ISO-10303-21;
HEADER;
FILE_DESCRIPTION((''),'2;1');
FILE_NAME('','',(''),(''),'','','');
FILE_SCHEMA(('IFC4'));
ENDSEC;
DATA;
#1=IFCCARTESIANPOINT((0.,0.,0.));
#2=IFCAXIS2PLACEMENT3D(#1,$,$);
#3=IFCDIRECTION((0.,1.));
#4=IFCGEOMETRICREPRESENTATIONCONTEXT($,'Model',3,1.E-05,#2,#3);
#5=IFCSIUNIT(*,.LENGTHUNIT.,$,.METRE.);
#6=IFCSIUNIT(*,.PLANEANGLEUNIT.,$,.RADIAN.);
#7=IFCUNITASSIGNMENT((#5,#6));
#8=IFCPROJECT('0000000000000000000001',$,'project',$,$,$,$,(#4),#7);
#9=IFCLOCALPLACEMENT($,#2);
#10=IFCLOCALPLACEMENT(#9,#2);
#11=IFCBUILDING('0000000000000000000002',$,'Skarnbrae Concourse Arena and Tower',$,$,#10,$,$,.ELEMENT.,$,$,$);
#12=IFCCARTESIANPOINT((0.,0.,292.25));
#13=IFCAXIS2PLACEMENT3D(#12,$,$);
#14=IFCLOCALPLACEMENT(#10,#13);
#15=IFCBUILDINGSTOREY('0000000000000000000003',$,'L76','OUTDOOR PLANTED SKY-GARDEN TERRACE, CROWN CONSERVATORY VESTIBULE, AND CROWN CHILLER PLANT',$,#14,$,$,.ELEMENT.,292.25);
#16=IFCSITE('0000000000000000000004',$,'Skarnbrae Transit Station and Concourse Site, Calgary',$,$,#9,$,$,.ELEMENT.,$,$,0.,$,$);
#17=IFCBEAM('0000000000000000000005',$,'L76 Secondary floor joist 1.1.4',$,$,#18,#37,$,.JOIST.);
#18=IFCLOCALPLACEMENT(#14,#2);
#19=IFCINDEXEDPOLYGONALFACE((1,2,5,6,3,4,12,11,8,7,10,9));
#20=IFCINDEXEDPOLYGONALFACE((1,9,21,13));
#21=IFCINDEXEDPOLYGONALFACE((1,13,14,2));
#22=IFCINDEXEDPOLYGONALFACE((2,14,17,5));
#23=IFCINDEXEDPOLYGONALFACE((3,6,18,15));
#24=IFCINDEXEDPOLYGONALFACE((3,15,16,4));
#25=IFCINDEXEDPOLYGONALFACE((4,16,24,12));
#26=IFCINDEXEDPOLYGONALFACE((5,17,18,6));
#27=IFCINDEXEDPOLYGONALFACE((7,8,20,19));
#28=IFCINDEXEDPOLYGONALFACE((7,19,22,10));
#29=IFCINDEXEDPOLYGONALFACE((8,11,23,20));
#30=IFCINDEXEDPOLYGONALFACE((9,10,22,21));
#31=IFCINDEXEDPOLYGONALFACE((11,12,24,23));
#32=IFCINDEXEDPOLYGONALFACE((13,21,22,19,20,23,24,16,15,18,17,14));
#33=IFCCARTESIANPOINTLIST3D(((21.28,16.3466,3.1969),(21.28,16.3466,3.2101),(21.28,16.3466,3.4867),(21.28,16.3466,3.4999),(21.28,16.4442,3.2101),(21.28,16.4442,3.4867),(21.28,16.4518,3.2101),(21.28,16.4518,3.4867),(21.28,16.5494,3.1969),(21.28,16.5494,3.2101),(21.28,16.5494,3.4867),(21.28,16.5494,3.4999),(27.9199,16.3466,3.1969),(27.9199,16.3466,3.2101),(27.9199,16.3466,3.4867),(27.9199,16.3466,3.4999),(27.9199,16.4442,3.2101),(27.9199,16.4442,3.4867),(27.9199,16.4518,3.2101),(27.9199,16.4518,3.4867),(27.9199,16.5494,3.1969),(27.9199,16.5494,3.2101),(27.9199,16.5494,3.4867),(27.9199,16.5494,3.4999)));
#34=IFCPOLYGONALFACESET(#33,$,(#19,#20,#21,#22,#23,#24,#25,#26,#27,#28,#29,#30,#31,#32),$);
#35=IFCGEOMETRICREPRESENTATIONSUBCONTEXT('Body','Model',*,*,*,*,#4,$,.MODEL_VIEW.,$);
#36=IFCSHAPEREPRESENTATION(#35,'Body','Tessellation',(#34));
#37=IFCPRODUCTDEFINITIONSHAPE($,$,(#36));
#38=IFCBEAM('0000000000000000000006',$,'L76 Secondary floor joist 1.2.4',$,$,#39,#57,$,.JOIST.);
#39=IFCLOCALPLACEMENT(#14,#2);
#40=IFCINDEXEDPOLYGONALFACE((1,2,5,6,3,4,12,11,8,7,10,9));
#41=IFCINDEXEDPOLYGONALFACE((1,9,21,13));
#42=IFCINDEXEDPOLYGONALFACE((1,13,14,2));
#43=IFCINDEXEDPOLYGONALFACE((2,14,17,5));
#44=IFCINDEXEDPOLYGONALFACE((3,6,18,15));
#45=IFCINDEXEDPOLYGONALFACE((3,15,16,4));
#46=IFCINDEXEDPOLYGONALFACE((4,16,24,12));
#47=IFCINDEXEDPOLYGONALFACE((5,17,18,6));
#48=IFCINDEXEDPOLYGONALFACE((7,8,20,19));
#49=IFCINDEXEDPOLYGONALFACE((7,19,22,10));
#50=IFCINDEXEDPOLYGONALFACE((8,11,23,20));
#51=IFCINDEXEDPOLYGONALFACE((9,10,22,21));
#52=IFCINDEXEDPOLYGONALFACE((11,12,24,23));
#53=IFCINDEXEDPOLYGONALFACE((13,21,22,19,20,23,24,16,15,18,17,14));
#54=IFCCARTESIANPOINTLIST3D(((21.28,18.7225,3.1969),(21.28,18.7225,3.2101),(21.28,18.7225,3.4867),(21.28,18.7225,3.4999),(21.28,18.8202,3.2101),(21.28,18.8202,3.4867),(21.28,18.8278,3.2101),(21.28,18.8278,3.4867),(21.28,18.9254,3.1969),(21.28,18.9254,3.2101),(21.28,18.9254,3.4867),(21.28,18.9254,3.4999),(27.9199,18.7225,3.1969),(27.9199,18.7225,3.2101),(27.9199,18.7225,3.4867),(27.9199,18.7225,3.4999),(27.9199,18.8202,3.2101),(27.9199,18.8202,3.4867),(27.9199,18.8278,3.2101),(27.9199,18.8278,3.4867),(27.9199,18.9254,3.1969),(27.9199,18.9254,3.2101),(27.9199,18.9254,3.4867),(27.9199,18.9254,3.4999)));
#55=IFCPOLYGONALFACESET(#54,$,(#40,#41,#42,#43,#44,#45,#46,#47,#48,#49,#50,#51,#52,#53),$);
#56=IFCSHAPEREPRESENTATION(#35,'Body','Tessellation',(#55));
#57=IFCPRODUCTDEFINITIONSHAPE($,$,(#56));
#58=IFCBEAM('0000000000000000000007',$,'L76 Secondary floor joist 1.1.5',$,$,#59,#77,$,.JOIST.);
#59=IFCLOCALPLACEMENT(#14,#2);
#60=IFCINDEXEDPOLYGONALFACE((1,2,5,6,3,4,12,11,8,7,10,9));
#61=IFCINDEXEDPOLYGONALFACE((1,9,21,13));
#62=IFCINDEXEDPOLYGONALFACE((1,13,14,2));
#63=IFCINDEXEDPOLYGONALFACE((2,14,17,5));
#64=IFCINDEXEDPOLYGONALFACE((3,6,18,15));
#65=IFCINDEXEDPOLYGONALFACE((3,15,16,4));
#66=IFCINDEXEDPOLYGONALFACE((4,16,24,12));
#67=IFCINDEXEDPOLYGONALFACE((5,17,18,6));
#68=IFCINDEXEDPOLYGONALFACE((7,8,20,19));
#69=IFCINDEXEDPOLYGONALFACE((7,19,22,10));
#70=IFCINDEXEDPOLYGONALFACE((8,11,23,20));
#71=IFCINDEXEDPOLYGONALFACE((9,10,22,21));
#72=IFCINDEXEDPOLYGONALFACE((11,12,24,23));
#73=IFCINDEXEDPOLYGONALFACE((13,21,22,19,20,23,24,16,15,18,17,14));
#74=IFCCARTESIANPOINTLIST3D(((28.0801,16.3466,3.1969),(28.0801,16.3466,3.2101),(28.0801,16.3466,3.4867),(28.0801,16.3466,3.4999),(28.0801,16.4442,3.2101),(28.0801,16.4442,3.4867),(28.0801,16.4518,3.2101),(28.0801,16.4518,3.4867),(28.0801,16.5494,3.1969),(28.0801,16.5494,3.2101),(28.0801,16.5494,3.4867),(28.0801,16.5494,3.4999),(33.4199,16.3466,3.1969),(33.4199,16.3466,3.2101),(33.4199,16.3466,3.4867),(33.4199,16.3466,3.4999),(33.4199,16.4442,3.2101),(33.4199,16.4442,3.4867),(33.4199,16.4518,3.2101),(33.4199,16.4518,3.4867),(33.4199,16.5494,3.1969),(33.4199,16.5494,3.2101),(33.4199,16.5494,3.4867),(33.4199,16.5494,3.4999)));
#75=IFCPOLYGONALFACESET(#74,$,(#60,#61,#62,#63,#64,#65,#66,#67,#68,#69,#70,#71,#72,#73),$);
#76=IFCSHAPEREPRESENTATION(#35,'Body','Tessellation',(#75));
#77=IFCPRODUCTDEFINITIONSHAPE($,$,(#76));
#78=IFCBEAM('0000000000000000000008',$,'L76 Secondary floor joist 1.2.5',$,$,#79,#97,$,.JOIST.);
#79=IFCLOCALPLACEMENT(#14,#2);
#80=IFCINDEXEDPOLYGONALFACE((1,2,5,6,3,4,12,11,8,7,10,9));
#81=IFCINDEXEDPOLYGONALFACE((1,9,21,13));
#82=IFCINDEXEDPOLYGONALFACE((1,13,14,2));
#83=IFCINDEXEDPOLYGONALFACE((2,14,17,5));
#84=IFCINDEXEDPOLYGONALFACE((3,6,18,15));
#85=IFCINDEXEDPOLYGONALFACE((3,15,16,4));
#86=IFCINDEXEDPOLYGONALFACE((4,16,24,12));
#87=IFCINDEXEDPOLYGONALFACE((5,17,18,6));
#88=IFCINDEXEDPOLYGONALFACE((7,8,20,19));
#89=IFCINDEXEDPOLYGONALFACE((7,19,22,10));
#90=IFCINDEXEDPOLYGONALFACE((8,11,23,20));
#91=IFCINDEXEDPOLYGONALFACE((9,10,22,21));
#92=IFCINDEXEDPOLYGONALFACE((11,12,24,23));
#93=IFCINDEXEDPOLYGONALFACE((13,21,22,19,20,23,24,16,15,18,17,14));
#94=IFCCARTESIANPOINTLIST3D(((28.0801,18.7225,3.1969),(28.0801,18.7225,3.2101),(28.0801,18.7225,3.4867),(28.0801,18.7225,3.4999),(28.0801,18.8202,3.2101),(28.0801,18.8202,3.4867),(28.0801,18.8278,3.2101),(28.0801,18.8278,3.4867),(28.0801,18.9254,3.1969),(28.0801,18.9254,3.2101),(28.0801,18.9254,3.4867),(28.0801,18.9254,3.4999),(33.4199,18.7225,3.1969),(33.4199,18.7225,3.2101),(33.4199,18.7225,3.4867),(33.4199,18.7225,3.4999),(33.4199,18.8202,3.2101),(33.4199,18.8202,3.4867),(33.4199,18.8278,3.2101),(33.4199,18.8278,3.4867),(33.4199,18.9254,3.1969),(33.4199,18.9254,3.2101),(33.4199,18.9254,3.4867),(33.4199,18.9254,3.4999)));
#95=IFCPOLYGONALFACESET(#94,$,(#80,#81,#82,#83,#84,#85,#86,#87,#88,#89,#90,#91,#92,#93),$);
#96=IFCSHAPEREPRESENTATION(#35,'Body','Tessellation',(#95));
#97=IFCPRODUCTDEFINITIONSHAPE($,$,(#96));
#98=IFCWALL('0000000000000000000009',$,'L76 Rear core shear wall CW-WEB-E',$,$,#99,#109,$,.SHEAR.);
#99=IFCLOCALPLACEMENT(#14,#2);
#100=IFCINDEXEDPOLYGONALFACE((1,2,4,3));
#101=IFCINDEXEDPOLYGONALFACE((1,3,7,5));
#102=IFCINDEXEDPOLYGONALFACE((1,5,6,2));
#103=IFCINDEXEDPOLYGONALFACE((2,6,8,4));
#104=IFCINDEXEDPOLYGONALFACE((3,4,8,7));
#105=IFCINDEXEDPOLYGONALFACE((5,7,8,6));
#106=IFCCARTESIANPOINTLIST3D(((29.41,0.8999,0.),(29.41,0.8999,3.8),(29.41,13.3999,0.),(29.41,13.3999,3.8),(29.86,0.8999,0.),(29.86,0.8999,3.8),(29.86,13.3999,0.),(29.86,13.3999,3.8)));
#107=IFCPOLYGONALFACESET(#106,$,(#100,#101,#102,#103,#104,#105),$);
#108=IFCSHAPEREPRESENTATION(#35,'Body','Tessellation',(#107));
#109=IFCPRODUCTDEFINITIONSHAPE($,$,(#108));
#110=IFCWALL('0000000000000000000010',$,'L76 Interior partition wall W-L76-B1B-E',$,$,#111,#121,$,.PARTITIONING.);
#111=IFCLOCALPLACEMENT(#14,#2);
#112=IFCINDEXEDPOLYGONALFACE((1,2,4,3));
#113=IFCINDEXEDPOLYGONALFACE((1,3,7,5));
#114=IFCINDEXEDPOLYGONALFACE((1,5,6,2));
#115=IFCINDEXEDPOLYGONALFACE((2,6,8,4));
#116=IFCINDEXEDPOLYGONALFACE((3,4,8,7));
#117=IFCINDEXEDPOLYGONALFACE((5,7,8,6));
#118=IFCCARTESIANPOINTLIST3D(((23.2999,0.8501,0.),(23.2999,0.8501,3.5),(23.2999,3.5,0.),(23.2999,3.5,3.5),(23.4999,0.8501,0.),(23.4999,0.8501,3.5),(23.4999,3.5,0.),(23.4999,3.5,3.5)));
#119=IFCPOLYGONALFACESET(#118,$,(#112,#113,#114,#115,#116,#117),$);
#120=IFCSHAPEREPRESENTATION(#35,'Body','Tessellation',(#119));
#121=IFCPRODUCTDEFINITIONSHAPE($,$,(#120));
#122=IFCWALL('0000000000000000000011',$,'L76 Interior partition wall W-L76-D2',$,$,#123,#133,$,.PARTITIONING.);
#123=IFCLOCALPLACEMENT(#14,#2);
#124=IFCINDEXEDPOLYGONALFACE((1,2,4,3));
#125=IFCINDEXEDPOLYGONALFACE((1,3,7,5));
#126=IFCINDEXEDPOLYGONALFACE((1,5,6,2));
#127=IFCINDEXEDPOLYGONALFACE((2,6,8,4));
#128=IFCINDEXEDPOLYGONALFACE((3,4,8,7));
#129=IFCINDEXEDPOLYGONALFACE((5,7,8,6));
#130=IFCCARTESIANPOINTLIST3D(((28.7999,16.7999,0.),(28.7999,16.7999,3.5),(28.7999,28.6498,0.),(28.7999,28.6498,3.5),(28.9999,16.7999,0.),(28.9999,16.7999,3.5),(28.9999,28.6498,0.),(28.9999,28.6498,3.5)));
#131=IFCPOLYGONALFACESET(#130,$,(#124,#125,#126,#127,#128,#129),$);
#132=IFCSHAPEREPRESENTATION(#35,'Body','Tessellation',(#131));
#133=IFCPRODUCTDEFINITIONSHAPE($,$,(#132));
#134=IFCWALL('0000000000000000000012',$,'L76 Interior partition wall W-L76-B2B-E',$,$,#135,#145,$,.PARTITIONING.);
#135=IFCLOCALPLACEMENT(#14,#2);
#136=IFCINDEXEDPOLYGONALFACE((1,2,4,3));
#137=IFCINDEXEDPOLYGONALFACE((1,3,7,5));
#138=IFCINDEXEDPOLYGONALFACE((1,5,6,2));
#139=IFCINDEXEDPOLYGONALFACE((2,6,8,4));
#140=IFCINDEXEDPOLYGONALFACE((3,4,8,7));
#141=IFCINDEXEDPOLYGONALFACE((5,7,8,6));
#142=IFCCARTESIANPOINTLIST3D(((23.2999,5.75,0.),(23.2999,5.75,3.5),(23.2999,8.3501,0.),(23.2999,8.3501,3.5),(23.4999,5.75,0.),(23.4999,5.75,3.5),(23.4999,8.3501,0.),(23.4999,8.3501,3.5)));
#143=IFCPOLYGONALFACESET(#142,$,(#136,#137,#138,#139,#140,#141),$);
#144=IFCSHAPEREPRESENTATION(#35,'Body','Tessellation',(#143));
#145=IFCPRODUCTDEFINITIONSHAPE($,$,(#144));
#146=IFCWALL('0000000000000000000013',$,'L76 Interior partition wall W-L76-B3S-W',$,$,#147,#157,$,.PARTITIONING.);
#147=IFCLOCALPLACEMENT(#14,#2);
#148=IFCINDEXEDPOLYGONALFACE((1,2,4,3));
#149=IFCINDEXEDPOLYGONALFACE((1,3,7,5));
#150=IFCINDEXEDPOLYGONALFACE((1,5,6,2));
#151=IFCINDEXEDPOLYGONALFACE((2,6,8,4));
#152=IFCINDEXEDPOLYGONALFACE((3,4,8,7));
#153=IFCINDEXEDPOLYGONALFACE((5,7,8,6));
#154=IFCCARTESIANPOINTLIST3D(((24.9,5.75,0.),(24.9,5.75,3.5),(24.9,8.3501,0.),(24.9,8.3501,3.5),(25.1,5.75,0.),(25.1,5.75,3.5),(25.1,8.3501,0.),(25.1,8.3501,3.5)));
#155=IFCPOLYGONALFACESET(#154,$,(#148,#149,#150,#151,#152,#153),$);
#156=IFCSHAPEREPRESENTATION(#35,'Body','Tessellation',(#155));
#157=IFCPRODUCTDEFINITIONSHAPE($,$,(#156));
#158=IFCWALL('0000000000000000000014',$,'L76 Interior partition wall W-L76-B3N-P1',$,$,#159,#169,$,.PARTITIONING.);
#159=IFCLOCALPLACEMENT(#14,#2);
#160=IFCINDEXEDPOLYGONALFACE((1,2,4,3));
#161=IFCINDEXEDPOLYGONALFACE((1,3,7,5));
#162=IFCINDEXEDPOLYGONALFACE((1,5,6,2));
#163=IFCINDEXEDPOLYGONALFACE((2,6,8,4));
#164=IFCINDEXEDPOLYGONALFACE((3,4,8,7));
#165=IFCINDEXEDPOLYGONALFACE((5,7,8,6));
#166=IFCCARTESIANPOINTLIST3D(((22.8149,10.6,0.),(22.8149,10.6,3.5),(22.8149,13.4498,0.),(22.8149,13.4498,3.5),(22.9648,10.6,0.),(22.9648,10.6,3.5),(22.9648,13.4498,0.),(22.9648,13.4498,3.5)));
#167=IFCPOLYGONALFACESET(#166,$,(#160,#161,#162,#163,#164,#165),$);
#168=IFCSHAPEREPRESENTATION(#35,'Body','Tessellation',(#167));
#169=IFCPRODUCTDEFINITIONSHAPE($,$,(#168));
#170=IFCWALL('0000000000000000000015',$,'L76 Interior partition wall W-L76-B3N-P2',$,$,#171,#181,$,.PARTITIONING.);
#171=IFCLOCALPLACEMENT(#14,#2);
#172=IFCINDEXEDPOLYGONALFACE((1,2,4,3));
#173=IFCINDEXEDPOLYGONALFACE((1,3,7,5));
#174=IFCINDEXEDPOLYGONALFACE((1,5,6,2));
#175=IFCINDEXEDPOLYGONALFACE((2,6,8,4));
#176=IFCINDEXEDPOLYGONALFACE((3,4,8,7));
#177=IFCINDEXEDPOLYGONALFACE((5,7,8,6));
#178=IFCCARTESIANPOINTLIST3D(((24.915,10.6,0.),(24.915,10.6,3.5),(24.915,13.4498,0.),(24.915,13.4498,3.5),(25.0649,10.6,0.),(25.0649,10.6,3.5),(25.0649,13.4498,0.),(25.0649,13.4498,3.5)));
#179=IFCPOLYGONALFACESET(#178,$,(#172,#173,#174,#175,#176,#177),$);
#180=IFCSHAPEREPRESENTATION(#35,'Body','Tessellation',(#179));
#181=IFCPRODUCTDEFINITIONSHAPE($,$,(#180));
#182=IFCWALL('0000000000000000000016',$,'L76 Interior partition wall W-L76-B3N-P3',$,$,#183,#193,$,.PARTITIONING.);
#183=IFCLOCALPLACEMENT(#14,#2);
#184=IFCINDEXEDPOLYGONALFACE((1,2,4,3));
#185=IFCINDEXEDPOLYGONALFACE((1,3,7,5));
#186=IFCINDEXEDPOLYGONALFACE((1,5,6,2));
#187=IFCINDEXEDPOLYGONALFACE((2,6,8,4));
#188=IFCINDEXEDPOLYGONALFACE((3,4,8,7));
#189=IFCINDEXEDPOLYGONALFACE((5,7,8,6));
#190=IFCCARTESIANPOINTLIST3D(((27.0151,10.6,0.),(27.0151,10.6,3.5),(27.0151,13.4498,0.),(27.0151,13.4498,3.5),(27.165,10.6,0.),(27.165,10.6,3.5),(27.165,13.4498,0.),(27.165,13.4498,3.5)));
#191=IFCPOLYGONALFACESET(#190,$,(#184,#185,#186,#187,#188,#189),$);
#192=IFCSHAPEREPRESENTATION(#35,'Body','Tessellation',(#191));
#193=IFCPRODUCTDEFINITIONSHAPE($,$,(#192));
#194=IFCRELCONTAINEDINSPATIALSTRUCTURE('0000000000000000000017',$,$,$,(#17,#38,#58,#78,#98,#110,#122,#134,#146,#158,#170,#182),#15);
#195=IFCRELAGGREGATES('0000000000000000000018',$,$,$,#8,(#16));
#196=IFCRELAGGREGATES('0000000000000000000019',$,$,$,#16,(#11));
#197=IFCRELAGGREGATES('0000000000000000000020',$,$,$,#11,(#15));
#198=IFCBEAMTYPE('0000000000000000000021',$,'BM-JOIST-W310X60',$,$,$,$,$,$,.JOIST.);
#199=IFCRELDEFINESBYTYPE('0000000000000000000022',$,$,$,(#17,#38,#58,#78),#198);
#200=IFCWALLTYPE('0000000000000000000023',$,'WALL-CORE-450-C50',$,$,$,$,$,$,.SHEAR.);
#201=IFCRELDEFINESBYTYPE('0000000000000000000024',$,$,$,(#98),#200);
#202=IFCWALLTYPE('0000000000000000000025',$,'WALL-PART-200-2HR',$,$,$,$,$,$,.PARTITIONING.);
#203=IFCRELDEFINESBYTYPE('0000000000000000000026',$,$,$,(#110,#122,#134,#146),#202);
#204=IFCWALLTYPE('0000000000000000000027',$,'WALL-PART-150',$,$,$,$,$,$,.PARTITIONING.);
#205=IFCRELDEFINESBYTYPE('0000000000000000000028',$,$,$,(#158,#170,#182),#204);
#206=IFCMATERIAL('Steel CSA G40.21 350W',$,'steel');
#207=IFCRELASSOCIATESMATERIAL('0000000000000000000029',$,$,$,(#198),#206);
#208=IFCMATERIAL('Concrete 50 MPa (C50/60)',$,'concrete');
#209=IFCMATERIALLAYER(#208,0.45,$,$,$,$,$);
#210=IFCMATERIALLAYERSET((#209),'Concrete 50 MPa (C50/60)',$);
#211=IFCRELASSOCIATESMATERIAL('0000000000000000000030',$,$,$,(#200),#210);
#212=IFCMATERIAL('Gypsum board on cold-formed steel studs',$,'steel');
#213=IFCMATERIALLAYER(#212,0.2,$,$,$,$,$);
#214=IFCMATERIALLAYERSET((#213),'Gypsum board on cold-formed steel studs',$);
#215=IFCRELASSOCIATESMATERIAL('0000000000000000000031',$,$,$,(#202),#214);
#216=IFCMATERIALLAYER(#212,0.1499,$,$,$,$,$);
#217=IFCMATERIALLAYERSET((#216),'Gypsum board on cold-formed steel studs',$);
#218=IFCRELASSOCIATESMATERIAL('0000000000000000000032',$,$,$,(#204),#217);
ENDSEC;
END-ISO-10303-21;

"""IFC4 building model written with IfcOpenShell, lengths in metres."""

from ifc_helpers import new_model, si_unit, direction, frame, frame_2d, origin, origin_2d, place, context, subcontext, project, spatial, rectangle, i_section, extrude, source, transform, mapped, material, layer, layer_set, material_profile, profile_set, type_object, element, save


model = new_model("IFC4")

# Units and contexts
model_context = context("Model", 3, precision=1e-05, world=origin(), true_north=direction((0.0, 1.0)))
body_context = subcontext(model_context, "Body", "Model", "MODEL_VIEW")
ifc_project = project(units=[si_unit("LENGTHUNIT", "METRE"), si_unit("PLANEANGLEUNIT", "RADIAN")], contexts=[model_context])

# Site, building, storey
site_placement = place(None, origin())
site = spatial("IfcSite", under=ifc_project, at=site_placement, Name="Skarnbrae Transit Station and Concourse Site, Calgary", CompositionType="ELEMENT", RefElevation=0.0)
building_placement = place(site_placement, origin())
building = spatial("IfcBuilding", under=site, at=building_placement, Name="Skarnbrae Concourse Arena and Tower", CompositionType="ELEMENT")
storey_placement = place(building_placement, frame((0.0, 0.0, 292.25)))
storey = spatial("IfcBuildingStorey", under=building, at=storey_placement, Name="L76", Description="OUTDOOR PLANTED SKY-GARDEN TERRACE, CROWN CONSERVATORY VESTIBULE, AND CROWN CHILLER PLANT", CompositionType="ELEMENT", Elevation=292.25)

# Shared definitions
ifc_material_1 = material(Name="Steel CSA G40.21 350W", Category="steel")

# Beams
ifc_material_profile_1 = material_profile(ifc_material_1, i_section(OverallWidth=0.2029, OverallDepth=0.303, WebThickness=0.0076, FlangeThickness=0.0132, at=origin_2d()), Name="W310X60")
ifc_profile_set_1 = profile_set([ifc_material_profile_1], Name="Steel CSA G40.21 350W")
beam_type_1 = type_object("IfcBeamType", Name="BM-JOIST-W310X60", PredefinedType="JOIST", material=ifc_profile_set_1)
shared_shape_1 = source(origin(), body_context, "Body", "SweptSolid", [
    extrude(i_section(OverallWidth=0.2029, OverallDepth=0.303, WebThickness=0.0076, FlangeThickness=0.0132, at=origin_2d()), origin(), (0.0, 0.0, 1.0), 6.6399),
])
for number, where, z_axis, x_axis, name in (
    (1, (21.28, 16.448, 3.3484), (1.0, 0.0, 0.0), (0.0, 1.0, 0.0), "L76 Secondary floor joist 1.1.4"),
    (2, (21.28, 18.824, 3.3484), (1.0, 0.0, 0.0), (0.0, 1.0, 0.0), "L76 Secondary floor joist 1.2.4"),
):
    element("IfcBeam", number, at=place(storey_placement, frame(where, z_axis=z_axis, x_axis=x_axis)), inside=storey, type_object=beam_type_1, Name=name, PredefinedType="JOIST", context=body_context, shape_type="MappedRepresentation", body=[
        mapped(shared_shape_1, transform((0.0, 0.0, 0.0))),
    ])
shared_shape_2 = source(origin(), body_context, "Body", "SweptSolid", [
    extrude(i_section(OverallWidth=0.2029, OverallDepth=0.303, WebThickness=0.0076, FlangeThickness=0.0132, at=origin_2d()), origin(), (0.0, 0.0, 1.0), 5.3398),
])
for number, where, z_axis, x_axis, name in (
    (3, (28.0801, 16.448, 3.3484), (1.0, 0.0, 0.0), (0.0, 1.0, 0.0), "L76 Secondary floor joist 1.1.5"),
    (4, (28.0801, 18.824, 3.3484), (1.0, 0.0, 0.0), (0.0, 1.0, 0.0), "L76 Secondary floor joist 1.2.5"),
):
    element("IfcBeam", number, at=place(storey_placement, frame(where, z_axis=z_axis, x_axis=x_axis)), inside=storey, type_object=beam_type_1, Name=name, PredefinedType="JOIST", context=body_context, shape_type="MappedRepresentation", body=[
        mapped(shared_shape_2, transform((0.0, 0.0, 0.0))),
    ])

# Wall
ifc_material_2 = material(Name="Concrete 50 MPa (C50/60)", Category="concrete")
ifc_layer_1 = layer(ifc_material_2, 0.45)
ifc_layer_set_1 = layer_set([ifc_layer_1], Name="Concrete 50 MPa (C50/60)")
wall_type_1 = type_object("IfcWallType", Name="WALL-CORE-450-C50", PredefinedType="SHEAR", material=ifc_layer_set_1)
shared_shape_3 = source(origin(), body_context, "Body", "SweptSolid", [
    extrude(rectangle(XDim=12.5, YDim=0.45, at=frame_2d((6.25, 0.0))), origin(), (0.0, 0.0, 1.0), 3.8),
])
wall_1_placement = place(storey_placement, frame((29.635, 0.8999, 0.0), z_axis=(0.0, 0.0, 1.0), x_axis=(0.0, 1.0, 0.0)))
element("IfcWall", 5, at=wall_1_placement, inside=storey, type_object=wall_type_1, Name="L76 Rear core shear wall CW-WEB-E", PredefinedType="SHEAR", context=body_context, shape_type="MappedRepresentation", body=[
    mapped(shared_shape_3, transform((0.0, 0.0, 0.0))),
])

# Walls
ifc_material_3 = material(Name="Gypsum board on cold-formed steel studs", Category="steel")
ifc_layer_2 = layer(ifc_material_3, 0.2)
ifc_layer_set_2 = layer_set([ifc_layer_2], Name="Gypsum board on cold-formed steel studs")
wall_type_2 = type_object("IfcWallType", Name="WALL-PART-200-2HR", PredefinedType="PARTITIONING", material=ifc_layer_set_2)
shared_shape_4 = source(origin(), body_context, "Body", "SweptSolid", [
    extrude(rectangle(XDim=2.6499, YDim=0.2, at=frame_2d((1.325, 0.0))), origin(), (0.0, 0.0, 1.0), 3.5),
])
wall_2_placement = place(storey_placement, frame((23.3999, 0.8501, 0.0), z_axis=(0.0, 0.0, 1.0), x_axis=(0.0, 1.0, 0.0)))
element("IfcWall", 6, at=wall_2_placement, inside=storey, type_object=wall_type_2, Name="L76 Interior partition wall W-L76-B1B-E", PredefinedType="PARTITIONING", context=body_context, shape_type="MappedRepresentation", body=[
    mapped(shared_shape_4, transform((0.0, 0.0, 0.0))),
])
shared_shape_5 = source(origin(), body_context, "Body", "SweptSolid", [
    extrude(rectangle(XDim=11.8499, YDim=0.2, at=frame_2d((5.9248, 0.0))), origin(), (0.0, 0.0, 1.0), 3.5),
])
wall_3_placement = place(storey_placement, frame((28.8999, 16.8, 0.0), z_axis=(0.0, 0.0, 1.0), x_axis=(0.0, 1.0, 0.0)))
element("IfcWall", 7, at=wall_3_placement, inside=storey, type_object=wall_type_2, Name="L76 Interior partition wall W-L76-D2", PredefinedType="PARTITIONING", context=body_context, shape_type="MappedRepresentation", body=[
    mapped(shared_shape_5, transform((0.0, 0.0, 0.0))),
])
shared_shape_6 = source(origin(), body_context, "Body", "SweptSolid", [
    extrude(rectangle(XDim=2.6001, YDim=0.2, at=frame_2d((1.3, 0.0))), origin(), (0.0, 0.0, 1.0), 3.5),
])
for number, where, z_axis, x_axis, name in (
    (8, (23.3999, 5.75, 0.0), (0.0, 0.0, 1.0), (0.0, 1.0, 0.0), "L76 Interior partition wall W-L76-B2B-E"),
    (9, (25.0, 5.75, 0.0), (0.0, 0.0, 1.0), (0.0, 1.0, 0.0), "L76 Interior partition wall W-L76-B3S-W"),
):
    element("IfcWall", number, at=place(storey_placement, frame(where, z_axis=z_axis, x_axis=x_axis)), inside=storey, type_object=wall_type_2, Name=name, PredefinedType="PARTITIONING", context=body_context, shape_type="MappedRepresentation", body=[
        mapped(shared_shape_6, transform((0.0, 0.0, 0.0))),
    ])
ifc_layer_3 = layer(ifc_material_3, 0.1499)
ifc_layer_set_3 = layer_set([ifc_layer_3], Name="Gypsum board on cold-formed steel studs")
wall_type_3 = type_object("IfcWallType", Name="WALL-PART-150", PredefinedType="PARTITIONING", material=ifc_layer_set_3)
shared_shape_7 = source(origin(), body_context, "Body", "SweptSolid", [
    extrude(rectangle(XDim=2.8499, YDim=0.1499, at=frame_2d((1.4248, 0.0))), origin(), (0.0, 0.0, 1.0), 3.5),
])
for number, where, z_axis, x_axis, name in (
    (10, (22.8899, 10.6001, 0.0), (0.0, 0.0, 1.0), (0.0, 1.0, 0.0), "L76 Interior partition wall W-L76-B3N-P1"),
    (11, (24.99, 10.6001, 0.0), (0.0, 0.0, 1.0), (0.0, 1.0, 0.0), "L76 Interior partition wall W-L76-B3N-P2"),
    (12, (27.0901, 10.6001, 0.0), (0.0, 0.0, 1.0), (0.0, 1.0, 0.0), "L76 Interior partition wall W-L76-B3N-P3"),
):
    element("IfcWall", number, at=place(storey_placement, frame(where, z_axis=z_axis, x_axis=x_axis)), inside=storey, type_object=wall_type_3, Name=name, PredefinedType="PARTITIONING", context=body_context, shape_type="MappedRepresentation", body=[
        mapped(shared_shape_7, transform((0.0, 0.0, 0.0))),
    ])

save(model, "model.ifc")
